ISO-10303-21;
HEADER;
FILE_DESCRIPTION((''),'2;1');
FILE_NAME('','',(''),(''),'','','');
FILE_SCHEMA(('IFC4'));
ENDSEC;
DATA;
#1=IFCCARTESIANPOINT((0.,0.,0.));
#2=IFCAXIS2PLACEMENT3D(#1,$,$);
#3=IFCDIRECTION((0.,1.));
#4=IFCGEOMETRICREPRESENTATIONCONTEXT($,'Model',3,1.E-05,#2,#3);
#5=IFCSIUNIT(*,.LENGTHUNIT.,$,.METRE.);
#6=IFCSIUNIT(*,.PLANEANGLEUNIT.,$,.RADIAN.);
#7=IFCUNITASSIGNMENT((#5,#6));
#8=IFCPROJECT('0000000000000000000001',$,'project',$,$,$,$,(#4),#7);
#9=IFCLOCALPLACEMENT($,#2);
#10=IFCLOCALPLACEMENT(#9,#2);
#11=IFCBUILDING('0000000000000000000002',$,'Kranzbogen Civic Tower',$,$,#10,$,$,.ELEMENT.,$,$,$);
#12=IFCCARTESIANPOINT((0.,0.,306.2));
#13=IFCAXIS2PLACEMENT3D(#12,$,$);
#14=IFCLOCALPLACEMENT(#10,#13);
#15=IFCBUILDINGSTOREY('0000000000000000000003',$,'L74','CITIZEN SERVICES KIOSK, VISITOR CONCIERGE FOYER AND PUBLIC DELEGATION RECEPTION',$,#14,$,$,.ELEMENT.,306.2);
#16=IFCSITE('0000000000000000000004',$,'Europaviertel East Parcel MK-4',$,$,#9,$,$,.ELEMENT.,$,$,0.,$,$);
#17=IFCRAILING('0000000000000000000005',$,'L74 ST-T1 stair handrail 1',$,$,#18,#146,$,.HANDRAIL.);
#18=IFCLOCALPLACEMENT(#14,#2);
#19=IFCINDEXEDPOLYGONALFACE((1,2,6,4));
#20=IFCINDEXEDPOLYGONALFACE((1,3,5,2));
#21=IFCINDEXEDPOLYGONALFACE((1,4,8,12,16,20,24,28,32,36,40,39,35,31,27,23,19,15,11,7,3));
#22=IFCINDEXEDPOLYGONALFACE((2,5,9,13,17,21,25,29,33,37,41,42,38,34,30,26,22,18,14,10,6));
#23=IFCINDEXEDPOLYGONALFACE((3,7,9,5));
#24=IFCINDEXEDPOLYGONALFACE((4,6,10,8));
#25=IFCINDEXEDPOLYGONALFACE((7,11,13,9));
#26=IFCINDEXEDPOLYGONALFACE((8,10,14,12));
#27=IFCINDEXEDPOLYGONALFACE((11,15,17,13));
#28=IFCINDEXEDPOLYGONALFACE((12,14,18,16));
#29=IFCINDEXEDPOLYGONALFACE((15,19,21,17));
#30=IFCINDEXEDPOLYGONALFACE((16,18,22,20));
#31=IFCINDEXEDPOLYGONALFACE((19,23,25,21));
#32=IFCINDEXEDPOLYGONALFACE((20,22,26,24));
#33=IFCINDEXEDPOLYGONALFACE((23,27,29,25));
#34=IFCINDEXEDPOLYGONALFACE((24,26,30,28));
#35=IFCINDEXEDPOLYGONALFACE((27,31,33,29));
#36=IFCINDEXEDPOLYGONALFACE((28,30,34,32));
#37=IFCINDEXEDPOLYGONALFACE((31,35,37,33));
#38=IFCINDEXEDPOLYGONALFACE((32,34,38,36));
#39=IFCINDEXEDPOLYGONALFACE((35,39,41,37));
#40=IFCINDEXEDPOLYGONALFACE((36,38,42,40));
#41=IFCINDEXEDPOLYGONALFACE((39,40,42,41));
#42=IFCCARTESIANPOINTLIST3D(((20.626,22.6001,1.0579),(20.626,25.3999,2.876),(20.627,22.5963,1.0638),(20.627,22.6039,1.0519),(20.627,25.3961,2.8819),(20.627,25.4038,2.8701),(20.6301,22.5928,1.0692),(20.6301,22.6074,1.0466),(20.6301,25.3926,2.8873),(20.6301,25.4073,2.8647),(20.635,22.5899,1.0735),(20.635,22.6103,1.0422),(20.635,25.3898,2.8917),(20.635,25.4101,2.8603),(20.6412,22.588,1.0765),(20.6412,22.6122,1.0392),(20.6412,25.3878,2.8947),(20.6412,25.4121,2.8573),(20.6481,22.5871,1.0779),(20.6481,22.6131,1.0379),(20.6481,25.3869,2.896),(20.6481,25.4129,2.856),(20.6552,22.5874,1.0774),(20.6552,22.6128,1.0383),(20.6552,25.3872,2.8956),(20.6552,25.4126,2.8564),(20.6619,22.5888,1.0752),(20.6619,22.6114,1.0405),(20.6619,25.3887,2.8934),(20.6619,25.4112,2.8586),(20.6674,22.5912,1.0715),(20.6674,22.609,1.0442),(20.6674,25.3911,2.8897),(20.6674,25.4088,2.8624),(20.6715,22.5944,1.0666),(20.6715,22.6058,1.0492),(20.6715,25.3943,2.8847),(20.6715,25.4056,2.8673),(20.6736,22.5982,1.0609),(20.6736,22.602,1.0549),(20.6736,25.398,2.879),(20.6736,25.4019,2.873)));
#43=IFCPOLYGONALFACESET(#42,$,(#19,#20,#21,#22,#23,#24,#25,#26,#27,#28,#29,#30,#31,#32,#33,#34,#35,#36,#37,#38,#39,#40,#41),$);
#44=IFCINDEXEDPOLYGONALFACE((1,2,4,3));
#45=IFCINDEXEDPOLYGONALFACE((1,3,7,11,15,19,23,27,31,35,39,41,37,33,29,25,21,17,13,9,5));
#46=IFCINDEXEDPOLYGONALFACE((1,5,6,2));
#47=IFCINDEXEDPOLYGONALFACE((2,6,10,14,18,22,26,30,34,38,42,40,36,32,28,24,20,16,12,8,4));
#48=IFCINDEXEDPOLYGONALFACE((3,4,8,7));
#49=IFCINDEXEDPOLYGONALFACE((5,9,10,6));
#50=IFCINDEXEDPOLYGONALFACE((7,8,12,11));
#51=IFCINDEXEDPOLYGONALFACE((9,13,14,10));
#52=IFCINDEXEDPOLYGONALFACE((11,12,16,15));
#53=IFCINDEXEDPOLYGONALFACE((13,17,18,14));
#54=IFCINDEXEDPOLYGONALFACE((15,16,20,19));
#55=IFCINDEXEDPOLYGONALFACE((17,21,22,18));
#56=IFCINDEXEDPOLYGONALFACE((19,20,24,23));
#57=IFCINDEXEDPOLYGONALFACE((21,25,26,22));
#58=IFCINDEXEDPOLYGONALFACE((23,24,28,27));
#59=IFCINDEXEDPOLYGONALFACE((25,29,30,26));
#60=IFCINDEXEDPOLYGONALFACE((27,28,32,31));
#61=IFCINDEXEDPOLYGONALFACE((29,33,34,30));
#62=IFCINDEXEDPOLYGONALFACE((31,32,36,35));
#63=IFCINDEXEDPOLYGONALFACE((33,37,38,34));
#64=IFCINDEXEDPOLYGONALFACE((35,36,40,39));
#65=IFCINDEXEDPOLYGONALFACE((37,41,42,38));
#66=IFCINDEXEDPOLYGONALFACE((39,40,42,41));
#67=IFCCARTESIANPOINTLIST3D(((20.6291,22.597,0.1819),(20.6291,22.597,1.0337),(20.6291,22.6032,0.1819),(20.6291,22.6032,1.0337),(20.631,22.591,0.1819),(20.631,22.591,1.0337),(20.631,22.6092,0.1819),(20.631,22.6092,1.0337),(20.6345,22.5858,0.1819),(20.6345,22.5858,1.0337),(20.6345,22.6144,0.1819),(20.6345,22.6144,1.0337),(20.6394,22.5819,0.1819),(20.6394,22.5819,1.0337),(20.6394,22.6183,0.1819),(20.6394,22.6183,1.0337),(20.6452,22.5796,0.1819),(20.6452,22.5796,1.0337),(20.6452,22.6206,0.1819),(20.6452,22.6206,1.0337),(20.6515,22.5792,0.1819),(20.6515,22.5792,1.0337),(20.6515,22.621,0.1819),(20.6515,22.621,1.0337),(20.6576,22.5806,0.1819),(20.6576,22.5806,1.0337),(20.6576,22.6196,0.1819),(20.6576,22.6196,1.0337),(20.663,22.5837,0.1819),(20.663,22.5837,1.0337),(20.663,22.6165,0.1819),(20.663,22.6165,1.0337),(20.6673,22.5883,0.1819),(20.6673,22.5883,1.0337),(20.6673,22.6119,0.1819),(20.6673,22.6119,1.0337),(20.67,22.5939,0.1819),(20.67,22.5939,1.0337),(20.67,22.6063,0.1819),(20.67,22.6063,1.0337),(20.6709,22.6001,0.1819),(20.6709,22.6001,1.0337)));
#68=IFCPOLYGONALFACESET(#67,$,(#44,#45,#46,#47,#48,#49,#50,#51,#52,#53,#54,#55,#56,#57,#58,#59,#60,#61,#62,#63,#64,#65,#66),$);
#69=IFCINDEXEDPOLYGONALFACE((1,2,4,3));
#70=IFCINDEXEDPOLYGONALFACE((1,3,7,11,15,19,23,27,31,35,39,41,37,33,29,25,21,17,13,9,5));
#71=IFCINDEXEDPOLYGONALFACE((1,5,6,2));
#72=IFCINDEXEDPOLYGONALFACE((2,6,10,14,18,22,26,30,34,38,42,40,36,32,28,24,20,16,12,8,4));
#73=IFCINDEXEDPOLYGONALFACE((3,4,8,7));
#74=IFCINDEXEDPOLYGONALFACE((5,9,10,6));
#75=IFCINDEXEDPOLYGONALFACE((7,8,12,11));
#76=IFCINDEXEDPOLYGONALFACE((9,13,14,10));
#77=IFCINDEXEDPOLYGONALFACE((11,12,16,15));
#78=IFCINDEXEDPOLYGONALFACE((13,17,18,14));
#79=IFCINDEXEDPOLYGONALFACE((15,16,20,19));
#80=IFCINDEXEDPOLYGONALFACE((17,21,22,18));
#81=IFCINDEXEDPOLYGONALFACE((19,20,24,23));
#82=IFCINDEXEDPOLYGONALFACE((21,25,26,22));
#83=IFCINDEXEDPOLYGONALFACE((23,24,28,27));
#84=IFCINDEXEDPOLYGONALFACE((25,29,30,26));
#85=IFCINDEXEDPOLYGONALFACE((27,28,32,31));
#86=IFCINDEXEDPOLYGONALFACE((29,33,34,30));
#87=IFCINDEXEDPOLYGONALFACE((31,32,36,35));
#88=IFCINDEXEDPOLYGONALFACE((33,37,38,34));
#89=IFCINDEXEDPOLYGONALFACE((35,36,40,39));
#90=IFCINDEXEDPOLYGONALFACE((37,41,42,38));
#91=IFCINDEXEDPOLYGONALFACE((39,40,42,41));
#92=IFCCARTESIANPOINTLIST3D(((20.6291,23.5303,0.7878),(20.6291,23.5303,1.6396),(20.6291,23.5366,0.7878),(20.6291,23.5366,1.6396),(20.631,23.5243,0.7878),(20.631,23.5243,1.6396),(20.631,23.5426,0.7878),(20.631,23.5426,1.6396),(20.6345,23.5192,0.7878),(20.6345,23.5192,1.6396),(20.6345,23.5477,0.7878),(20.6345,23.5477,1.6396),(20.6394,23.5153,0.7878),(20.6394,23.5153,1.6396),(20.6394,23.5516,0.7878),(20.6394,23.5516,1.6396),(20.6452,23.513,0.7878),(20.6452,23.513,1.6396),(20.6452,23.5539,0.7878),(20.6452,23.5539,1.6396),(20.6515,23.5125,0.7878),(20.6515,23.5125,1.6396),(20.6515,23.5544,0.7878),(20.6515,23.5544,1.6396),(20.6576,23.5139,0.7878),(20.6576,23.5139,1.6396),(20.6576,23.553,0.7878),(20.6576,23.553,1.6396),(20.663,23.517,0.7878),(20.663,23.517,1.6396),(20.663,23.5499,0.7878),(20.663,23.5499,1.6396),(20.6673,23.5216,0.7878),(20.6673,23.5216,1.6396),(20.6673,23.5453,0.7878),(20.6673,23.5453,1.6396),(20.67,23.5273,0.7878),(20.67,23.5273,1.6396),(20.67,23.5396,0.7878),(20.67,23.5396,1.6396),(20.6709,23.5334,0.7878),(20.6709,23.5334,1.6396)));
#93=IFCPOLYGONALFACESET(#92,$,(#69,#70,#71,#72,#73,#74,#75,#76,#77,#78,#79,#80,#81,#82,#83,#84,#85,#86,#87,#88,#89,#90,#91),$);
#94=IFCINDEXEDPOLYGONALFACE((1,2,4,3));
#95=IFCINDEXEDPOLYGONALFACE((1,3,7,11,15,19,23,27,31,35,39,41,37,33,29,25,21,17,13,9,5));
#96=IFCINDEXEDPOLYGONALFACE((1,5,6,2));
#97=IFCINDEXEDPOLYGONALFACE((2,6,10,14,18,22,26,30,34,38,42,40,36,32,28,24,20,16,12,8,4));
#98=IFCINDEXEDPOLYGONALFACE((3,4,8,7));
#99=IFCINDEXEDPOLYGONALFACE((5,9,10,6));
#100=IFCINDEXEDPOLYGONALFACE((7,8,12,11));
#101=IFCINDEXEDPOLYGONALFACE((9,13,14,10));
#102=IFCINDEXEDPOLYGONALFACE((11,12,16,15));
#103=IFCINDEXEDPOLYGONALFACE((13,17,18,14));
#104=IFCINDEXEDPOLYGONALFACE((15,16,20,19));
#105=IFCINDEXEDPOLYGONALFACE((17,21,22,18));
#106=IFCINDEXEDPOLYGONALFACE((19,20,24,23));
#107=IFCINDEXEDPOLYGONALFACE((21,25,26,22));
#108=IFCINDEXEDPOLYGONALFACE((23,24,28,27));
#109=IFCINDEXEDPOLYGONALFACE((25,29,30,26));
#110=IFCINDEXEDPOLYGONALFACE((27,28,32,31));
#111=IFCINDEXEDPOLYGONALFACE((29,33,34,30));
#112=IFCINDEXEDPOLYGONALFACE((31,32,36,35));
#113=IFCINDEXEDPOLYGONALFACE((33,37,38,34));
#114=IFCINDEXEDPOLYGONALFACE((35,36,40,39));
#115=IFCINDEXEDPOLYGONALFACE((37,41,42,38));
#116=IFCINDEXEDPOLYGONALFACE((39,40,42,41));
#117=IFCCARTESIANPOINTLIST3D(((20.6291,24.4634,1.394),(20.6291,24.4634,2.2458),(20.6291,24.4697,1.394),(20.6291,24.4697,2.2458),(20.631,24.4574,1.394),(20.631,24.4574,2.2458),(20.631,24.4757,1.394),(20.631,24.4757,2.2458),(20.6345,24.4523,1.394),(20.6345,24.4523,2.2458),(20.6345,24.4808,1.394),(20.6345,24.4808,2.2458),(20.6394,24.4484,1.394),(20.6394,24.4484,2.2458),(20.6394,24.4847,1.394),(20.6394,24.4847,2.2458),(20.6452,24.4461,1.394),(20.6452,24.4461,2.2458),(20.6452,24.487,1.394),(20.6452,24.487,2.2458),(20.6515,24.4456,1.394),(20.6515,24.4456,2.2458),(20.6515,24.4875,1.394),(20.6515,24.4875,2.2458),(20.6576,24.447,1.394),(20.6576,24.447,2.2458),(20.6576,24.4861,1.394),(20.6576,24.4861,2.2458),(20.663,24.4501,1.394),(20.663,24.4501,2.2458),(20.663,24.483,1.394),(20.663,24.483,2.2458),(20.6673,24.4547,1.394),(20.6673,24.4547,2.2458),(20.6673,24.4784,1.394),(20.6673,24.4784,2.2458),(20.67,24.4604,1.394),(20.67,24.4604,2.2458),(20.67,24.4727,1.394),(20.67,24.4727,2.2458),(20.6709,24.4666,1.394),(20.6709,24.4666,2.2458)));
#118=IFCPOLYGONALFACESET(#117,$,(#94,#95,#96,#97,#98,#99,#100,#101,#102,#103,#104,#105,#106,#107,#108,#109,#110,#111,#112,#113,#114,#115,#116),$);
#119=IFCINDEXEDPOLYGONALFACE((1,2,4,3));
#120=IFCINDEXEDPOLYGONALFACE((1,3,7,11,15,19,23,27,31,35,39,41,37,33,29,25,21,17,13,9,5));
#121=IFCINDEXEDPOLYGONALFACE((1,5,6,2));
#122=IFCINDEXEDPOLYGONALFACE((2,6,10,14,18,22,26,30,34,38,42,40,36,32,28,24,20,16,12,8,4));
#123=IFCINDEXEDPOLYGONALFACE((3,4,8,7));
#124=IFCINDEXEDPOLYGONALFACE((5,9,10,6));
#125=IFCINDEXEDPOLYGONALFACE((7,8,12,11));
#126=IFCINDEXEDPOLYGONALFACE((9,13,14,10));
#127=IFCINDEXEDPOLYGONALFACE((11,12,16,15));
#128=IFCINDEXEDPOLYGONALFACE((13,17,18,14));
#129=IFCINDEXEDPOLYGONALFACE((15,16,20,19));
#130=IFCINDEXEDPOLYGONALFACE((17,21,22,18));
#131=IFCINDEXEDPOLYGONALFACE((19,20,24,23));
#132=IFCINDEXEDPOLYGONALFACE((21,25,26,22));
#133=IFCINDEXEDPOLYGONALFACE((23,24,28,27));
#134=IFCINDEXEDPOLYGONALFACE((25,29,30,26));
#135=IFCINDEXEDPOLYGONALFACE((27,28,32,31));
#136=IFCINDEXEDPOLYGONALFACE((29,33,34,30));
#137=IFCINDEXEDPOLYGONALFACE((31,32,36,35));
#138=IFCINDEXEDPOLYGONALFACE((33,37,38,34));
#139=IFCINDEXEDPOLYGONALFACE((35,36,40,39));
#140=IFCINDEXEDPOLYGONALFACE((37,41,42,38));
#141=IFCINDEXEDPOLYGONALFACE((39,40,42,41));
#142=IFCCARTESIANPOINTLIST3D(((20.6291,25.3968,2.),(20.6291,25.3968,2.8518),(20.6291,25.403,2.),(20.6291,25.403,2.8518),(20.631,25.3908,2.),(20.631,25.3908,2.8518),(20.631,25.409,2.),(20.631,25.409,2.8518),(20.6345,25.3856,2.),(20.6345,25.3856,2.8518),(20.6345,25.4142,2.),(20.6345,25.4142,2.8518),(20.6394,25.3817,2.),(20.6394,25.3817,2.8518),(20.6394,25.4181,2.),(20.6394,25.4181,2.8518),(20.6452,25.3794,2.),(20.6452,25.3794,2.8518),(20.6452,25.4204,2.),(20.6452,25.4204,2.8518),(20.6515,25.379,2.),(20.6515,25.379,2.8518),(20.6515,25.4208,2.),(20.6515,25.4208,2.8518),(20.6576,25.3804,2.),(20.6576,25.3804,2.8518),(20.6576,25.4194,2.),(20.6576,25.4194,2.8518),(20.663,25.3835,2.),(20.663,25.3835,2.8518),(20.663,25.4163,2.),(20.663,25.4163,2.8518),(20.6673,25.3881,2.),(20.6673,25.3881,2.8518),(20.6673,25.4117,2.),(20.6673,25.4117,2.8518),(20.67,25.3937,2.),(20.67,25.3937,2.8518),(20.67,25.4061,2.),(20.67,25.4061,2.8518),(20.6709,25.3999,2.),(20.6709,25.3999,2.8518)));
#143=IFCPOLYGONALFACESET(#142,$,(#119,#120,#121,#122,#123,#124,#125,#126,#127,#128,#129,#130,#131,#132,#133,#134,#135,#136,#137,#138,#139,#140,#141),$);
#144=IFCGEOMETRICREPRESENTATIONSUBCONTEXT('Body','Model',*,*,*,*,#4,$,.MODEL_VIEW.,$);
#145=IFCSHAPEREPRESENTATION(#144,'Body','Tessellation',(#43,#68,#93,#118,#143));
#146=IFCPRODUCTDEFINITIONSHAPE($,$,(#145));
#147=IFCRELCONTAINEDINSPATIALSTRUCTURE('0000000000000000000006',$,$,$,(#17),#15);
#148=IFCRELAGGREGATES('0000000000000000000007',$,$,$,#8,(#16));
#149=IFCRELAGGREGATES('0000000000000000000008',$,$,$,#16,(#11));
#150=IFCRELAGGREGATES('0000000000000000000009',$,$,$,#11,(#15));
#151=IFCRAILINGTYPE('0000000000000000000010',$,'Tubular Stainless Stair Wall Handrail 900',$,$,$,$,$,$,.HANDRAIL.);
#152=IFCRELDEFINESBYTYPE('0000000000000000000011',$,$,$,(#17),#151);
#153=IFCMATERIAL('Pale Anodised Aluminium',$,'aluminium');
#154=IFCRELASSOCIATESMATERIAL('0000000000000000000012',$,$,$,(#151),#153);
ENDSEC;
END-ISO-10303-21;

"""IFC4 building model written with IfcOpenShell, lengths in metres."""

from ifc_helpers import new_model, si_unit, direction, frame, origin, origin_2d, place, context, subcontext, project, spatial, circle, extrude, material, type_object, element, save


model = new_model("IFC4")

# Units and contexts
model_context = context("Model", 3, precision=1e-05, world=origin(), true_north=direction((0.0, 1.0)))
body_context = subcontext(model_context, "Body", "Model", "MODEL_VIEW")
ifc_project = project(units=[si_unit("LENGTHUNIT", "METRE"), si_unit("PLANEANGLEUNIT", "RADIAN")], contexts=[model_context])

# Site, building, storey
site_placement = place(None, origin())
site = spatial("IfcSite", under=ifc_project, at=site_placement, Name="Europaviertel East Parcel MK-4", CompositionType="ELEMENT", RefElevation=0.0)
building_placement = place(site_placement, origin())
building = spatial("IfcBuilding", under=site, at=building_placement, Name="Kranzbogen Civic Tower", CompositionType="ELEMENT")
storey_placement = place(building_placement, frame((0.0, 0.0, 306.2)))
storey = spatial("IfcBuildingStorey", under=building, at=storey_placement, Name="L74", Description="CITIZEN SERVICES KIOSK, VISITOR CONCIERGE FOYER AND PUBLIC DELEGATION RECEPTION", CompositionType="ELEMENT", Elevation=306.2)

# Shared definitions
ifc_material_1 = material(Name="Pale Anodised Aluminium", Category="aluminium")

# Railing
railing_type_1 = type_object("IfcRailingType", Name="Tubular Stainless Stair Wall Handrail 900", PredefinedType="HANDRAIL", material=ifc_material_1)
railing_1_placement = place(storey_placement, frame((20.6499, 22.6001, 0.1819)))
element("IfcRailing", 1, at=railing_1_placement, inside=storey, type_object=railing_type_1, Name="L74 ST-T1 stair handrail 1", PredefinedType="HANDRAIL", context=body_context, shape_type="SweptSolid", body=[
    extrude(circle(Radius=0.0239, at=origin_2d()), frame((0.0, 0.0, 0.876), z_axis=(0.0, 0.838684, 0.544618), x_axis=(-1.0, 0.0, 0.0)), (0.0, 0.0, 1.0), 3.3384),
    extrude(circle(Radius=0.021, at=origin_2d()), origin(), (0.0, 0.0, 1.0), 0.8518),
    extrude(circle(Radius=0.021, at=origin_2d()), frame((0.0, 0.9333, 0.606)), (0.0, 0.0, 1.0), 0.8518),
    extrude(circle(Radius=0.021, at=origin_2d()), frame((0.0, 1.8665, 1.2122)), (0.0, 0.0, 1.0), 0.8518),
    extrude(circle(Radius=0.021, at=origin_2d()), frame((0.0, 2.7998, 1.8181)), (0.0, 0.0, 1.0), 0.8518),
])

save(model, "model.ifc")
